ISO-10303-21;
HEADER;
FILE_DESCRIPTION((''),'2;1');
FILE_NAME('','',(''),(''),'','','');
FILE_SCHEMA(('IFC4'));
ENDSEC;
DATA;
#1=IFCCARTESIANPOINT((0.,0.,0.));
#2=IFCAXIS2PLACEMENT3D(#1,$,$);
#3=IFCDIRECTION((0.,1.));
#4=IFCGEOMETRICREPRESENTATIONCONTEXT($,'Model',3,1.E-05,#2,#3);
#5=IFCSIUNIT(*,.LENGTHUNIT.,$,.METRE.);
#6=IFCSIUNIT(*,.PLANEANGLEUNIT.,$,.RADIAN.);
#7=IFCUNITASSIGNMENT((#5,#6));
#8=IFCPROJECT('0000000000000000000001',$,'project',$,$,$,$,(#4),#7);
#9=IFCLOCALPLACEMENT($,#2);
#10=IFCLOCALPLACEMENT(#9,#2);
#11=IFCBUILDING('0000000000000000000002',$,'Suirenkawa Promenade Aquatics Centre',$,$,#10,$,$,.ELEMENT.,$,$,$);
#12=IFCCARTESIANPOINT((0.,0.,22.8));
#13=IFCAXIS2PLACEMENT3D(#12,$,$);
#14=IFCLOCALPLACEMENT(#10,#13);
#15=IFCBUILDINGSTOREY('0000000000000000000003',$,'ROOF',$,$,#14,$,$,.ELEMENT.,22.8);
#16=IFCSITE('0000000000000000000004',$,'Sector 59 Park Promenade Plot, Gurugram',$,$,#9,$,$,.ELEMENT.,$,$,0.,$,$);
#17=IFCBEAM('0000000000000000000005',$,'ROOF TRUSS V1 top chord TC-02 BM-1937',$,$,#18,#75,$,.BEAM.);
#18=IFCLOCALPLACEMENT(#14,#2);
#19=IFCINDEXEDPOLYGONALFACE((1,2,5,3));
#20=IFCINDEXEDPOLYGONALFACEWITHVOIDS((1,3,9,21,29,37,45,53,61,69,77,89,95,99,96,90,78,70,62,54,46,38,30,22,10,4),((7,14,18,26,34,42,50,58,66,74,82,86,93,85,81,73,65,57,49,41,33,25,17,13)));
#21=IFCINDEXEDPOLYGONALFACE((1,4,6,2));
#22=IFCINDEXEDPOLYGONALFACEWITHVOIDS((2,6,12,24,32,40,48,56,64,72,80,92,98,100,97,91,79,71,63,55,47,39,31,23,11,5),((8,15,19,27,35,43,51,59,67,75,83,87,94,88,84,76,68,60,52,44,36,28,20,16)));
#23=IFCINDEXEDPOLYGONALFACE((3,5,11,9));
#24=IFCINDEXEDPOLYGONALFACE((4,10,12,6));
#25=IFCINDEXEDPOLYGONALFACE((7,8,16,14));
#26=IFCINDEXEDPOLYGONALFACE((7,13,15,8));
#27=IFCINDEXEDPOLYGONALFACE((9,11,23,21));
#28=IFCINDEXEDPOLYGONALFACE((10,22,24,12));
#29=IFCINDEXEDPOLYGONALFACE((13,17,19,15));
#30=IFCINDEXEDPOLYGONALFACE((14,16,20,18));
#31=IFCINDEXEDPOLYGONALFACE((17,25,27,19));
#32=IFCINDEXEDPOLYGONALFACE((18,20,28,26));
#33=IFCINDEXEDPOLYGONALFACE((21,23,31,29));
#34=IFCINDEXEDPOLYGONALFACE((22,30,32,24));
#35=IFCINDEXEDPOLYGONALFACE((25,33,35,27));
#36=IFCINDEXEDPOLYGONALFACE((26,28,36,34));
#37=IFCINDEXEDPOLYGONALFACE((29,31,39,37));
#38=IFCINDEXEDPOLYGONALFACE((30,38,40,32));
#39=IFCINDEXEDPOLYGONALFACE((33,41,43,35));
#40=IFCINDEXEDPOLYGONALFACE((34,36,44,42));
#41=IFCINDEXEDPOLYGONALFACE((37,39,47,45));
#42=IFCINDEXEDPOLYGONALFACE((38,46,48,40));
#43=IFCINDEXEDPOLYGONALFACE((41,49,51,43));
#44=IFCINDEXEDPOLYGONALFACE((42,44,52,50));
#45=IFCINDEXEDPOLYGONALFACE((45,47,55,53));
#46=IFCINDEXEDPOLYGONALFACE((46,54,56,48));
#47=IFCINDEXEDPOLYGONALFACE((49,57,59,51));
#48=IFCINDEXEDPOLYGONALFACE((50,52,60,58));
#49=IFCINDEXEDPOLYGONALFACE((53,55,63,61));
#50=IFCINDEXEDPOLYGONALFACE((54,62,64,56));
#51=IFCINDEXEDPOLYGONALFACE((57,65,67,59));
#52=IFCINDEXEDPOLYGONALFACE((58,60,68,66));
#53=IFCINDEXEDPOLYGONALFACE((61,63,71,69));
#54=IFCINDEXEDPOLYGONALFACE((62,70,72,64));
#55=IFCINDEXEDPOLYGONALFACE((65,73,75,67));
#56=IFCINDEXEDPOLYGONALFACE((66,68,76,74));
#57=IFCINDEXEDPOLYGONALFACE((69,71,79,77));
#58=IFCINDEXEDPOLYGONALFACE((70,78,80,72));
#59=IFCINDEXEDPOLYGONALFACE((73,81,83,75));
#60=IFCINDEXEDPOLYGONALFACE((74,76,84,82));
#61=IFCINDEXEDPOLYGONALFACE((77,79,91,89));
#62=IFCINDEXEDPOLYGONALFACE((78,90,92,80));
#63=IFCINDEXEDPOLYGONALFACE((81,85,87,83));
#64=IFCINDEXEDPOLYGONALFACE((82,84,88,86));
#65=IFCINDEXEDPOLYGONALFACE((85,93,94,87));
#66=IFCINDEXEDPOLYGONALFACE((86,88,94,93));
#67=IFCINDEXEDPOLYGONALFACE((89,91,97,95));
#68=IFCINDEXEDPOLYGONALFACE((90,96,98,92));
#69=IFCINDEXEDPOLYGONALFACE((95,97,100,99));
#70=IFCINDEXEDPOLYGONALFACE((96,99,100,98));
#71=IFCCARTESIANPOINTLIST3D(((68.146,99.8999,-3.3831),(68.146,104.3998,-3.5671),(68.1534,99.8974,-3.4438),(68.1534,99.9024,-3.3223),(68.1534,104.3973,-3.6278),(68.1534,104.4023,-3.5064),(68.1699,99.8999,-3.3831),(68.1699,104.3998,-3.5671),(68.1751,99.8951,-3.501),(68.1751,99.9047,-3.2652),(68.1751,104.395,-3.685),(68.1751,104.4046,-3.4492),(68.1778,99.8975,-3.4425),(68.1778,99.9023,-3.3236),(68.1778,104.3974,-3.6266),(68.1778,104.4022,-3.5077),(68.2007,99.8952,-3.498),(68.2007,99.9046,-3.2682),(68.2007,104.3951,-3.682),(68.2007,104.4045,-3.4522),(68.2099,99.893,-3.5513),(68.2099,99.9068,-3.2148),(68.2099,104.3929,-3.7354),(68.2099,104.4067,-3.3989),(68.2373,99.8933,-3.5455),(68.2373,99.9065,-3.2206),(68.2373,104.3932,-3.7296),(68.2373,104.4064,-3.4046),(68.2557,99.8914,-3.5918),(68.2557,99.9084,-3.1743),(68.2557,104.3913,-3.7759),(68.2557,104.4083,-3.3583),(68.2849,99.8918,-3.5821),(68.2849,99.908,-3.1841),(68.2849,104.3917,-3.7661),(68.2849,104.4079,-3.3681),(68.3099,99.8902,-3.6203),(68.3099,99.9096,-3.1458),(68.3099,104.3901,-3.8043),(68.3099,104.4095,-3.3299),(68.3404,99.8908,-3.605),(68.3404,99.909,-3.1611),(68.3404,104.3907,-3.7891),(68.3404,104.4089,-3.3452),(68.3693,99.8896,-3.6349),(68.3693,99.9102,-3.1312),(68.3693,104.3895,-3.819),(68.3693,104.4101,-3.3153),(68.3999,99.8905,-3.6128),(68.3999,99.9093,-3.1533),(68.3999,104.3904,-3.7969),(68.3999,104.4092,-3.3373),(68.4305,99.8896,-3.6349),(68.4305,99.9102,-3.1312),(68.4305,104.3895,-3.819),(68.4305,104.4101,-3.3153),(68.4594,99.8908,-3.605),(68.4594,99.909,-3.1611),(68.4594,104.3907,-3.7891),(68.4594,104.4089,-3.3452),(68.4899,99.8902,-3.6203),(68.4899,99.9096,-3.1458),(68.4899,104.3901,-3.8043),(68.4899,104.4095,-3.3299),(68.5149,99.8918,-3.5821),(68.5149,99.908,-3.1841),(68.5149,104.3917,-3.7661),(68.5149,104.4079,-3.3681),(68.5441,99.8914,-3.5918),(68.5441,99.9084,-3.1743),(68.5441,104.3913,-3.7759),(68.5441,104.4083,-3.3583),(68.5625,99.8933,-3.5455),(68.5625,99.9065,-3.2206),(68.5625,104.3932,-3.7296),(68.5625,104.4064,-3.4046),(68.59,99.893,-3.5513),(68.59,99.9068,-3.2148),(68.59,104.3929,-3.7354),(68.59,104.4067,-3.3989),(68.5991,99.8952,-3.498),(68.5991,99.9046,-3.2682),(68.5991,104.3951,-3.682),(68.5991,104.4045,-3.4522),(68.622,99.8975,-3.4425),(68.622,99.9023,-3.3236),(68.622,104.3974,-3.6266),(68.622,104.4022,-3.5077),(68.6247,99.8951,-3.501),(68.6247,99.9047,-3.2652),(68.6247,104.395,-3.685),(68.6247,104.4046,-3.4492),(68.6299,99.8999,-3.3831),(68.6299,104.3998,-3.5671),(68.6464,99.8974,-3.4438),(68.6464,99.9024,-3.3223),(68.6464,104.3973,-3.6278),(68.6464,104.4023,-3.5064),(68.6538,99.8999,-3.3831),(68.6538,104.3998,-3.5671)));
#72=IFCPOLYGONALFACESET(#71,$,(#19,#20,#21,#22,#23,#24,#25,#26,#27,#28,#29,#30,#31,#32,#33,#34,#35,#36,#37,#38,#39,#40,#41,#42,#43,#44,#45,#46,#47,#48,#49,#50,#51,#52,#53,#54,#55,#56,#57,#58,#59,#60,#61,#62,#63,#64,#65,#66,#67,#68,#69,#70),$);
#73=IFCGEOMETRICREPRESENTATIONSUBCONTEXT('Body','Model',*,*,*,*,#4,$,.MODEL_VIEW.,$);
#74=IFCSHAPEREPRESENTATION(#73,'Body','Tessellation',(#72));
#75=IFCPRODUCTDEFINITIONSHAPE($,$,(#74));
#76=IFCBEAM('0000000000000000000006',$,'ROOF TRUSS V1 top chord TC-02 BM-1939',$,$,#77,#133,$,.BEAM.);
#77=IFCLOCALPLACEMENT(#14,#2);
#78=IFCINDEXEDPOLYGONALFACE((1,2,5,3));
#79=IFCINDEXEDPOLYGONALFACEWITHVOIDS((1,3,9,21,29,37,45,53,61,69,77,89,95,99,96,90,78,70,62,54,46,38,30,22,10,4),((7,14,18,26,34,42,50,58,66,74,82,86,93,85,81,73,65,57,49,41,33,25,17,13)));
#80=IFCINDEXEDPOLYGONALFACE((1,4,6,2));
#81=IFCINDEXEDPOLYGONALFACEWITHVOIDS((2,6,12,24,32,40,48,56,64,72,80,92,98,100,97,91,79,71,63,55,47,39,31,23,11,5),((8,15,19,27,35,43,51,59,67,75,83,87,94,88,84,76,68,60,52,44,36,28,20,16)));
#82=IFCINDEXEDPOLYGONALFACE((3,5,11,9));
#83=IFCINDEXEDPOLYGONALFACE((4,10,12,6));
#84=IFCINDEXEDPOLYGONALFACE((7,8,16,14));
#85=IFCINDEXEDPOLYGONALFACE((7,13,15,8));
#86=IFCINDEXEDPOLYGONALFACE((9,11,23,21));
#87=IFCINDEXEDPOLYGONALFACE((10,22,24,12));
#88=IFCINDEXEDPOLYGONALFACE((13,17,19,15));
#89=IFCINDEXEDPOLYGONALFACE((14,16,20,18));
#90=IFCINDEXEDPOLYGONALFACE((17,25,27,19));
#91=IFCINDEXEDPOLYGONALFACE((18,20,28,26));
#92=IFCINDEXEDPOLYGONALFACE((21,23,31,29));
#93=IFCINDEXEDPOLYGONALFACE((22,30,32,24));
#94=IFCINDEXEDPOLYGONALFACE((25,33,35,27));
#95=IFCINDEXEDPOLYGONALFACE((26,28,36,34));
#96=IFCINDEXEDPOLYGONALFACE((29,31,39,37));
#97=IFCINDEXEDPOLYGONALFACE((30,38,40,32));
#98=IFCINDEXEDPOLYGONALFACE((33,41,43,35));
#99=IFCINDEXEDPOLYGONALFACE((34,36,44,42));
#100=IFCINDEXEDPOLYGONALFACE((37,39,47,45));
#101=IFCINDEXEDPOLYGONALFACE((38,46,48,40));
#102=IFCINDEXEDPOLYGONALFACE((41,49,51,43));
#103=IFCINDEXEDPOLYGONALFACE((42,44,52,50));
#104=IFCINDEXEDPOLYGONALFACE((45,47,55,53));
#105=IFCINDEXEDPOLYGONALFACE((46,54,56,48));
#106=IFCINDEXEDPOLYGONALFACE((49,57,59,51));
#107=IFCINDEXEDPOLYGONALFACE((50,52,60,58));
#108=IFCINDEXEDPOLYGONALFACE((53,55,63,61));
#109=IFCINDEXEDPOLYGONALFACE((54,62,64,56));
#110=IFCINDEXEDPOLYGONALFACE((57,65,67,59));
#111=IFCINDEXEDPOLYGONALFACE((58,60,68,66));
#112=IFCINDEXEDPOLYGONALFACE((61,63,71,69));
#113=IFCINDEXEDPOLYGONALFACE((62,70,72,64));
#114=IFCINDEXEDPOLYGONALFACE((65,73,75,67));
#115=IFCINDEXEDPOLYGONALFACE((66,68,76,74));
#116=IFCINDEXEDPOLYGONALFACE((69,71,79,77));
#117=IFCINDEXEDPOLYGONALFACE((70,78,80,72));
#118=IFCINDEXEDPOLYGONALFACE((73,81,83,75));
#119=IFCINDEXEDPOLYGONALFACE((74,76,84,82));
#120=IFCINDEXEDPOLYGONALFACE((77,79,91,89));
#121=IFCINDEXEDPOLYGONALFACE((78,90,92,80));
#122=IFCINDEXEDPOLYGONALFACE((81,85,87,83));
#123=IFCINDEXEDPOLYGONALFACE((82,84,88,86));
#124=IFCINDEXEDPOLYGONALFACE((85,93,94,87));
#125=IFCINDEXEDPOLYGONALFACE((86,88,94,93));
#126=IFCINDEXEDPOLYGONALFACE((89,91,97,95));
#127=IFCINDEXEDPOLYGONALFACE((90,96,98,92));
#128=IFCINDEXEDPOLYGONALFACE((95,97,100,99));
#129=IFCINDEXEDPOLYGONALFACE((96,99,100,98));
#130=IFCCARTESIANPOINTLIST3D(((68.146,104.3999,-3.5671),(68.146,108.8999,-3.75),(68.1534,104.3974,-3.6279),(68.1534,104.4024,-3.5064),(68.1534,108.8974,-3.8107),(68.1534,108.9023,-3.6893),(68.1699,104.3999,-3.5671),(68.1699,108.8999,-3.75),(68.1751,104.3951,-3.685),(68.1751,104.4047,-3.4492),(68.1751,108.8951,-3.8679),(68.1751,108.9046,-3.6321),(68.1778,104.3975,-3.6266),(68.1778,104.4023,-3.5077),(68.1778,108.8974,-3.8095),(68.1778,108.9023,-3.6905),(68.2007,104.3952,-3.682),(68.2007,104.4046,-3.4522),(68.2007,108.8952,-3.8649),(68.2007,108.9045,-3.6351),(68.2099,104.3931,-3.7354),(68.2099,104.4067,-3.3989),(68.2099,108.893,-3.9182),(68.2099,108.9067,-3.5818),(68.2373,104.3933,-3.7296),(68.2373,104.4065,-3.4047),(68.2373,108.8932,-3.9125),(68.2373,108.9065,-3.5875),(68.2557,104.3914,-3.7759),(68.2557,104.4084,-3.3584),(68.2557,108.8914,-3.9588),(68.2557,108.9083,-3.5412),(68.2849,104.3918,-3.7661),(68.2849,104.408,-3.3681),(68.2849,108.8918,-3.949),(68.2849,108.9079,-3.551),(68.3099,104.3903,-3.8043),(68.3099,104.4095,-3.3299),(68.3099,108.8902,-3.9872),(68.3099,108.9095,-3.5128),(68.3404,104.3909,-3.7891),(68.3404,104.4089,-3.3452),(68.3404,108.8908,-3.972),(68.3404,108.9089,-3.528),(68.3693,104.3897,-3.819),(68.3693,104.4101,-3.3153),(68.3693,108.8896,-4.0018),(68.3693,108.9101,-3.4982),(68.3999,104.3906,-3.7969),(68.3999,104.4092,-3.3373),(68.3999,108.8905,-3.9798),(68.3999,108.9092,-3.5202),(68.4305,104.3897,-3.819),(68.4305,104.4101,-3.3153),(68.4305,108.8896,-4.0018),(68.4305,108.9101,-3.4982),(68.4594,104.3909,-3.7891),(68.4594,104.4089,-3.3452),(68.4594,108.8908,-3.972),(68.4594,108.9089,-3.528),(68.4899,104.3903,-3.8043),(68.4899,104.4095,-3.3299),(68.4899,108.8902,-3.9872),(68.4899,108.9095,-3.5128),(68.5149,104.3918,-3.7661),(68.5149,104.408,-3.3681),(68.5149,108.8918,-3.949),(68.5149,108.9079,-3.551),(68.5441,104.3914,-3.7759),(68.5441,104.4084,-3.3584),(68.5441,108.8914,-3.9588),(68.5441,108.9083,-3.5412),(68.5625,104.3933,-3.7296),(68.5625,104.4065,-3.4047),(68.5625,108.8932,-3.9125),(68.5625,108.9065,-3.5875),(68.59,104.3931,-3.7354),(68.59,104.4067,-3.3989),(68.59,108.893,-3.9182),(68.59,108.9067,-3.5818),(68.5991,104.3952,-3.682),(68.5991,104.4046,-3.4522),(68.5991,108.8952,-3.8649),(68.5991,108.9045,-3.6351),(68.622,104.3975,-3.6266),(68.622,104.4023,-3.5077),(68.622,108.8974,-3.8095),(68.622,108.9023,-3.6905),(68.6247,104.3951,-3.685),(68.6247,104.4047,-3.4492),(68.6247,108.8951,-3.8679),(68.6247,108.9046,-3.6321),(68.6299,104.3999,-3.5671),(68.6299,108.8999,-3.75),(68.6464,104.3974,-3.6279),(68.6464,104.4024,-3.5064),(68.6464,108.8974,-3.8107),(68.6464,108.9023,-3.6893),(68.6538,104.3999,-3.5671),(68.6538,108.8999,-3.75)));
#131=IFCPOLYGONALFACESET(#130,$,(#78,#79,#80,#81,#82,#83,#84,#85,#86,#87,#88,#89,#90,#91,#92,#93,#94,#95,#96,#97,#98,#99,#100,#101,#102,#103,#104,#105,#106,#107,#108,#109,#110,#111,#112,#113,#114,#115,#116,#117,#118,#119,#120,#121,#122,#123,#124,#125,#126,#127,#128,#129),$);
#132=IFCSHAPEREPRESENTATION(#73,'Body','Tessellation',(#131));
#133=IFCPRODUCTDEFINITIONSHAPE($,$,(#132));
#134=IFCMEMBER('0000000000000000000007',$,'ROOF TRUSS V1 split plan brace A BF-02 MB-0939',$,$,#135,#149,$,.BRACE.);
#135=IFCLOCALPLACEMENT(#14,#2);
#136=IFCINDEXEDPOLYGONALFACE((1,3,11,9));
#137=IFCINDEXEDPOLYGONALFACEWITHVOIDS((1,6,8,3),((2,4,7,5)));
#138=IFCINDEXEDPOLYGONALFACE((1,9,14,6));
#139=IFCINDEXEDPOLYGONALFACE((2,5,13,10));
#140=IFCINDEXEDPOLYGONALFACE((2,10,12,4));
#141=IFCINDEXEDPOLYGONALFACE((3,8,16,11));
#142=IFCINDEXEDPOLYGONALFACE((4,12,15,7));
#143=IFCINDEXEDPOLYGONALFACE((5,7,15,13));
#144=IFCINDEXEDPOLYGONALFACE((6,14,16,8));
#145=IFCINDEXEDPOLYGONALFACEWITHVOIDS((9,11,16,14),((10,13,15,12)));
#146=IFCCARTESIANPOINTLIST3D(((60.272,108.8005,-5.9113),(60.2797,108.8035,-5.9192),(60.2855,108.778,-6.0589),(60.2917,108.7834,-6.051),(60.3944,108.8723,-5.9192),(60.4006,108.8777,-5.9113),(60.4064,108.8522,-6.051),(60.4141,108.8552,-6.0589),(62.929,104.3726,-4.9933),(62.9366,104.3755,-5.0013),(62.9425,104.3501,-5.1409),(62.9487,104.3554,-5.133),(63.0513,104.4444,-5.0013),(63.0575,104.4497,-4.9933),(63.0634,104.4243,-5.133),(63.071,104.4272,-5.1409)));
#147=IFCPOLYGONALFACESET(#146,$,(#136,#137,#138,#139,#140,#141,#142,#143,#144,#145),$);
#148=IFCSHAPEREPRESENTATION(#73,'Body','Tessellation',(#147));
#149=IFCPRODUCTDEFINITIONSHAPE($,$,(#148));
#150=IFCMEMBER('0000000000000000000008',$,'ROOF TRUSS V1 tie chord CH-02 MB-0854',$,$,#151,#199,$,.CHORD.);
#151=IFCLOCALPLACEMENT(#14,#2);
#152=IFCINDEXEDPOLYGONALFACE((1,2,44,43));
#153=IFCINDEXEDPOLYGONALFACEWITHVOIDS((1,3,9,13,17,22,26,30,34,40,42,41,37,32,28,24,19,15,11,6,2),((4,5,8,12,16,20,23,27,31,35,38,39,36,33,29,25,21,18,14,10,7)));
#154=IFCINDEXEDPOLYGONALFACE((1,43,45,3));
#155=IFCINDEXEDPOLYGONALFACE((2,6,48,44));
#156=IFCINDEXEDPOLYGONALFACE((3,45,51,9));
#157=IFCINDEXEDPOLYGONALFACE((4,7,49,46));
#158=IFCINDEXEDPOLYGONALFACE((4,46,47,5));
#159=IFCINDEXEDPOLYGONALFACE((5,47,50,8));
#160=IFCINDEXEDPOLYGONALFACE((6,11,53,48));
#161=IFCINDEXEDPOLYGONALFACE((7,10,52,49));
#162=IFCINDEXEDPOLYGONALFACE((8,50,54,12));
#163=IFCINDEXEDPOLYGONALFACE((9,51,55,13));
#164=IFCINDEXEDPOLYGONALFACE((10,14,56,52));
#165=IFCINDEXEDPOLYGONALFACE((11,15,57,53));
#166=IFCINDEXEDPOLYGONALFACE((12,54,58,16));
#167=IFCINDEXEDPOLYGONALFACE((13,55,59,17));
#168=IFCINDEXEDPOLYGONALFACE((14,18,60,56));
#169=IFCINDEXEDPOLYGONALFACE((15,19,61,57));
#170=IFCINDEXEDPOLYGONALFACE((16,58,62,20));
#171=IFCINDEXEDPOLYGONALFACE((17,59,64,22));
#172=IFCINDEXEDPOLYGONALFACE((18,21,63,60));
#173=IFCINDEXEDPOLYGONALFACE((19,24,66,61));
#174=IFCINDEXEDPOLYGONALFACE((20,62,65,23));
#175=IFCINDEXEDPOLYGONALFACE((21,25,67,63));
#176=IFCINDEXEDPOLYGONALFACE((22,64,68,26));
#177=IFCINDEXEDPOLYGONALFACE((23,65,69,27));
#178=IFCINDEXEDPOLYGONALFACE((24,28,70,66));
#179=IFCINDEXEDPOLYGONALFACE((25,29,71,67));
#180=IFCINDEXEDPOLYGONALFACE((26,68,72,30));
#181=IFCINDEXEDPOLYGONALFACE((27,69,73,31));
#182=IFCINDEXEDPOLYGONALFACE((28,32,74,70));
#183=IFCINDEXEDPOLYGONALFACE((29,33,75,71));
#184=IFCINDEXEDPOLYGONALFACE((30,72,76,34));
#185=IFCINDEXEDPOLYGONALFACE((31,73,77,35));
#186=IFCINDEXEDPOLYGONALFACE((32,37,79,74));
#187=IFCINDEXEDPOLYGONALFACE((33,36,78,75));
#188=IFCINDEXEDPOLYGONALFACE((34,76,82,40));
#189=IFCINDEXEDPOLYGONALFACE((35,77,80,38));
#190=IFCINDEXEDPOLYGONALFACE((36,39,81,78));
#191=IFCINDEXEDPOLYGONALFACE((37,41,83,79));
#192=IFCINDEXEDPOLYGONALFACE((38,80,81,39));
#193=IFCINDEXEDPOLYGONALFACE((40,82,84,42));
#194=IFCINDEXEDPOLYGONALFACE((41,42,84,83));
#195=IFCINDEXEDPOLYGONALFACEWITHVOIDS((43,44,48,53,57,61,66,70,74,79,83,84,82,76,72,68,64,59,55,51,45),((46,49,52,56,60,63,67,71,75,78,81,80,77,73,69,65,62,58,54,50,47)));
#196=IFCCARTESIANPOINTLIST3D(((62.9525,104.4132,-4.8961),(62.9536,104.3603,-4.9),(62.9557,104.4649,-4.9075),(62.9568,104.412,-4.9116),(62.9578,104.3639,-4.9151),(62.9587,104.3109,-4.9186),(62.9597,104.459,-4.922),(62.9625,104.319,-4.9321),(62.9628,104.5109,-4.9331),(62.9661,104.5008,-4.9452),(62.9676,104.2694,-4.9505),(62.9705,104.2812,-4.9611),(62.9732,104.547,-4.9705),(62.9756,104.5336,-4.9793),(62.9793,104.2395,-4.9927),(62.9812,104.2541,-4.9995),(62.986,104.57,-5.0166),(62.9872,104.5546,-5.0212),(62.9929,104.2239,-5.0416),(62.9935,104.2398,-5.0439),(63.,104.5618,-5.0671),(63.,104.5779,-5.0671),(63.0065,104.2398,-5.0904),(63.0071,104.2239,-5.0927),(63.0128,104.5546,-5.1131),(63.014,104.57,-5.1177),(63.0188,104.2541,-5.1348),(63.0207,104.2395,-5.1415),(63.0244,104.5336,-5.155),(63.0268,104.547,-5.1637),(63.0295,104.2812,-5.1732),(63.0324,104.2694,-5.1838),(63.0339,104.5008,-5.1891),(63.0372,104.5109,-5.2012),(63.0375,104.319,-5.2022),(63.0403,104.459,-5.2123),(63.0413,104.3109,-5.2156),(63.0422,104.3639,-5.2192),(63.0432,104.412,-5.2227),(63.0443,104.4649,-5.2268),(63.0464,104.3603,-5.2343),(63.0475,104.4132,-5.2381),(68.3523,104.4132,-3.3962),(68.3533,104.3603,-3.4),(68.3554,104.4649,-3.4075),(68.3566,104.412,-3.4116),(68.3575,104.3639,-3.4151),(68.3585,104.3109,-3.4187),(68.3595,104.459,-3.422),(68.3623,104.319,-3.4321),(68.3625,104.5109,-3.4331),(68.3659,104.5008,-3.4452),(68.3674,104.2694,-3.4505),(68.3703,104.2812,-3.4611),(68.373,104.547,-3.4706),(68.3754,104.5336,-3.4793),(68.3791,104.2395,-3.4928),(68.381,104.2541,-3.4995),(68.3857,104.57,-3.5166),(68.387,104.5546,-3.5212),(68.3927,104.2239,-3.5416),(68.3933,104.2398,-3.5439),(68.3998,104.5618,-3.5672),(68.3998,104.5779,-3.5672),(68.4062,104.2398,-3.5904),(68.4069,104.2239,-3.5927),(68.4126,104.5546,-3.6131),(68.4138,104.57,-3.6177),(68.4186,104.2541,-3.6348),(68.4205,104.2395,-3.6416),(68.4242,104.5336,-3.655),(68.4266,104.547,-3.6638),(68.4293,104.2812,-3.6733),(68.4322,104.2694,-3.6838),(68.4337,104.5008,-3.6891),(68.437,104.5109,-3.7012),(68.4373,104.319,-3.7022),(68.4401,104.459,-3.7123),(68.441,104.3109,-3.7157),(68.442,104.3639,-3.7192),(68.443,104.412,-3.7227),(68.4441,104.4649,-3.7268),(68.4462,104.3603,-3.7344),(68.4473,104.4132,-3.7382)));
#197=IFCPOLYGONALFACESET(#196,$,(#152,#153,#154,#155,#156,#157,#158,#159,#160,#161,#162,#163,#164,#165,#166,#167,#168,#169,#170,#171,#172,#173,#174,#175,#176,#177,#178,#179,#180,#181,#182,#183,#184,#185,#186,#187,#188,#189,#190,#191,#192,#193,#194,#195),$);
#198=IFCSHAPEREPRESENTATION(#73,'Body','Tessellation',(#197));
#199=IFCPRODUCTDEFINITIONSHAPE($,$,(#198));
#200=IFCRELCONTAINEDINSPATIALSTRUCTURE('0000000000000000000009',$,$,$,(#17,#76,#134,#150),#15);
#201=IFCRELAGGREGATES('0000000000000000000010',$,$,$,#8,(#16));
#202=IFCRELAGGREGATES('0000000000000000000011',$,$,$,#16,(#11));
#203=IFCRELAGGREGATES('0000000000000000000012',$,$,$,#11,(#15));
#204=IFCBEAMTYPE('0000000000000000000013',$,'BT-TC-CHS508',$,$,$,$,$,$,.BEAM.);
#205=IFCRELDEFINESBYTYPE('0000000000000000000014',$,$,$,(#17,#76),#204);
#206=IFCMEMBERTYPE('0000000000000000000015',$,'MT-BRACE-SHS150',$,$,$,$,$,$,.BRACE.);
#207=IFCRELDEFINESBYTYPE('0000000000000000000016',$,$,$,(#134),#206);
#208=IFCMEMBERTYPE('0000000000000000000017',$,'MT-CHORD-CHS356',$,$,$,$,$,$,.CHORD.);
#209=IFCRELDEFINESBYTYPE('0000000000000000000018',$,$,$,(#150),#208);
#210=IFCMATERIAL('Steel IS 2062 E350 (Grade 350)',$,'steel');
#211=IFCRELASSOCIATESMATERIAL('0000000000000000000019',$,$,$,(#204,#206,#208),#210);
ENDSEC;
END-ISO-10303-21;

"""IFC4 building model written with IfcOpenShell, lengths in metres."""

from ifc_helpers import new_model, si_unit, direction, frame, origin, origin_2d, place, context, subcontext, project, spatial, hollow_rectangle, hollow_circle, extrude, material, material_profile, profile_set, type_object, element, save


model = new_model("IFC4")

# Units and contexts
model_context = context("Model", 3, precision=1e-05, world=origin(), true_north=direction((0.0, 1.0)))
body_context = subcontext(model_context, "Body", "Model", "MODEL_VIEW")
ifc_project = project(units=[si_unit("LENGTHUNIT", "METRE"), si_unit("PLANEANGLEUNIT", "RADIAN")], contexts=[model_context])

# Site, building, storey
site_placement = place(None, origin())
site = spatial("IfcSite", under=ifc_project, at=site_placement, Name="Sector 59 Park Promenade Plot, Gurugram", CompositionType="ELEMENT", RefElevation=0.0)
building_placement = place(site_placement, origin())
building = spatial("IfcBuilding", under=site, at=building_placement, Name="Suirenkawa Promenade Aquatics Centre", CompositionType="ELEMENT")
storey_placement = place(building_placement, frame((0.0, 0.0, 22.8)))
storey = spatial("IfcBuildingStorey", under=building, at=storey_placement, Name="ROOF", CompositionType="ELEMENT", Elevation=22.8)

# Beams
ifc_material = material(Name="Steel IS 2062 E350 (Grade 350)", Category="steel")
ifc_material_profile_1 = material_profile(ifc_material, hollow_circle(Radius=0.2539, WallThickness=0.0239, at=origin_2d()), Name="CHS 508x24", Category="steel")
ifc_profile_set_1 = profile_set([ifc_material_profile_1], Name="Steel IS 2062 E350 (Grade 350)")
beam_type_1 = type_object("IfcBeamType", Name="BT-TC-CHS508", PredefinedType="BEAM", material=ifc_profile_set_1)
for number, where, z_axis, x_axis, name in (
    (1, (68.3999, 99.8999, -3.3831), (0.0, 0.999164, -0.040873), (-1.0, 0.0, 0.0), "ROOF TRUSS V1 top chord TC-02 BM-1937"),
    (2, (68.3999, 104.3999, -3.5671), (0.0, 0.999175, -0.040602), (-1.0, 0.0, 0.0), "ROOF TRUSS V1 top chord TC-02 BM-1939"),
):
    element("IfcBeam", number, at=place(storey_placement, frame(where, z_axis=z_axis, x_axis=x_axis)), inside=storey, type_object=beam_type_1, Name=name, PredefinedType="BEAM", context=body_context, shape_type="SweptSolid", body=[
        extrude(hollow_circle(Radius=0.2539, WallThickness=0.0239, at=origin_2d()), origin(), (0.0, 0.0, 1.0), 4.5037),
    ])

# Members
ifc_material_profile_2 = material_profile(ifc_material, hollow_rectangle(XDim=0.1499, YDim=0.1499, WallThickness=0.0081, at=origin_2d()), Name="SHS 150x150x8", Category="steel")
ifc_profile_set_2 = profile_set([ifc_material_profile_2], Name="Steel IS 2062 E350 (Grade 350)")
member_type_1 = type_object("IfcMemberType", Name="MT-BRACE-SHS150", PredefinedType="BRACE", material=ifc_profile_set_2)
member_1_placement = place(storey_placement, frame((63.0, 104.3999, -5.0671), z_axis=(-0.506582, 0.844241, -0.17502), x_axis=(-0.857476, -0.514524, 0.0)))
element("IfcMember", 3, at=member_1_placement, inside=storey, type_object=member_type_1, Name="ROOF TRUSS V1 split plan brace A BF-02 MB-0939", PredefinedType="BRACE", context=body_context, shape_type="SweptSolid", body=[
    extrude(hollow_rectangle(XDim=0.1499, YDim=0.1499, WallThickness=0.0081, at=origin_2d()), origin(), (0.0, 0.0, 1.0), 5.2449),
])
ifc_material_profile_3 = material_profile(ifc_material, hollow_circle(Radius=0.178, WallThickness=0.0161, at=origin_2d()), Name="CHS 356x16", Category="steel")
ifc_profile_set_3 = profile_set([ifc_material_profile_3], Name="Steel IS 2062 E350 (Grade 350)")
member_type_2 = type_object("IfcMemberType", Name="MT-CHORD-CHS356", PredefinedType="CHORD", material=ifc_profile_set_3)
member_2_placement = place(storey_placement, frame((63.0, 104.3999, -5.0671), z_axis=(0.963517, 0.0, 0.267648), x_axis=(0.0, 1.0, 0.0)))
element("IfcMember", 4, at=member_2_placement, inside=storey, type_object=member_type_2, Name="ROOF TRUSS V1 tie chord CH-02 MB-0854", PredefinedType="CHORD", context=body_context, shape_type="SweptSolid", body=[
    extrude(hollow_circle(Radius=0.178, WallThickness=0.0161, at=origin_2d()), origin(), (0.0, 0.0, 1.0), 5.6042),
])

save(model, "model.ifc")
